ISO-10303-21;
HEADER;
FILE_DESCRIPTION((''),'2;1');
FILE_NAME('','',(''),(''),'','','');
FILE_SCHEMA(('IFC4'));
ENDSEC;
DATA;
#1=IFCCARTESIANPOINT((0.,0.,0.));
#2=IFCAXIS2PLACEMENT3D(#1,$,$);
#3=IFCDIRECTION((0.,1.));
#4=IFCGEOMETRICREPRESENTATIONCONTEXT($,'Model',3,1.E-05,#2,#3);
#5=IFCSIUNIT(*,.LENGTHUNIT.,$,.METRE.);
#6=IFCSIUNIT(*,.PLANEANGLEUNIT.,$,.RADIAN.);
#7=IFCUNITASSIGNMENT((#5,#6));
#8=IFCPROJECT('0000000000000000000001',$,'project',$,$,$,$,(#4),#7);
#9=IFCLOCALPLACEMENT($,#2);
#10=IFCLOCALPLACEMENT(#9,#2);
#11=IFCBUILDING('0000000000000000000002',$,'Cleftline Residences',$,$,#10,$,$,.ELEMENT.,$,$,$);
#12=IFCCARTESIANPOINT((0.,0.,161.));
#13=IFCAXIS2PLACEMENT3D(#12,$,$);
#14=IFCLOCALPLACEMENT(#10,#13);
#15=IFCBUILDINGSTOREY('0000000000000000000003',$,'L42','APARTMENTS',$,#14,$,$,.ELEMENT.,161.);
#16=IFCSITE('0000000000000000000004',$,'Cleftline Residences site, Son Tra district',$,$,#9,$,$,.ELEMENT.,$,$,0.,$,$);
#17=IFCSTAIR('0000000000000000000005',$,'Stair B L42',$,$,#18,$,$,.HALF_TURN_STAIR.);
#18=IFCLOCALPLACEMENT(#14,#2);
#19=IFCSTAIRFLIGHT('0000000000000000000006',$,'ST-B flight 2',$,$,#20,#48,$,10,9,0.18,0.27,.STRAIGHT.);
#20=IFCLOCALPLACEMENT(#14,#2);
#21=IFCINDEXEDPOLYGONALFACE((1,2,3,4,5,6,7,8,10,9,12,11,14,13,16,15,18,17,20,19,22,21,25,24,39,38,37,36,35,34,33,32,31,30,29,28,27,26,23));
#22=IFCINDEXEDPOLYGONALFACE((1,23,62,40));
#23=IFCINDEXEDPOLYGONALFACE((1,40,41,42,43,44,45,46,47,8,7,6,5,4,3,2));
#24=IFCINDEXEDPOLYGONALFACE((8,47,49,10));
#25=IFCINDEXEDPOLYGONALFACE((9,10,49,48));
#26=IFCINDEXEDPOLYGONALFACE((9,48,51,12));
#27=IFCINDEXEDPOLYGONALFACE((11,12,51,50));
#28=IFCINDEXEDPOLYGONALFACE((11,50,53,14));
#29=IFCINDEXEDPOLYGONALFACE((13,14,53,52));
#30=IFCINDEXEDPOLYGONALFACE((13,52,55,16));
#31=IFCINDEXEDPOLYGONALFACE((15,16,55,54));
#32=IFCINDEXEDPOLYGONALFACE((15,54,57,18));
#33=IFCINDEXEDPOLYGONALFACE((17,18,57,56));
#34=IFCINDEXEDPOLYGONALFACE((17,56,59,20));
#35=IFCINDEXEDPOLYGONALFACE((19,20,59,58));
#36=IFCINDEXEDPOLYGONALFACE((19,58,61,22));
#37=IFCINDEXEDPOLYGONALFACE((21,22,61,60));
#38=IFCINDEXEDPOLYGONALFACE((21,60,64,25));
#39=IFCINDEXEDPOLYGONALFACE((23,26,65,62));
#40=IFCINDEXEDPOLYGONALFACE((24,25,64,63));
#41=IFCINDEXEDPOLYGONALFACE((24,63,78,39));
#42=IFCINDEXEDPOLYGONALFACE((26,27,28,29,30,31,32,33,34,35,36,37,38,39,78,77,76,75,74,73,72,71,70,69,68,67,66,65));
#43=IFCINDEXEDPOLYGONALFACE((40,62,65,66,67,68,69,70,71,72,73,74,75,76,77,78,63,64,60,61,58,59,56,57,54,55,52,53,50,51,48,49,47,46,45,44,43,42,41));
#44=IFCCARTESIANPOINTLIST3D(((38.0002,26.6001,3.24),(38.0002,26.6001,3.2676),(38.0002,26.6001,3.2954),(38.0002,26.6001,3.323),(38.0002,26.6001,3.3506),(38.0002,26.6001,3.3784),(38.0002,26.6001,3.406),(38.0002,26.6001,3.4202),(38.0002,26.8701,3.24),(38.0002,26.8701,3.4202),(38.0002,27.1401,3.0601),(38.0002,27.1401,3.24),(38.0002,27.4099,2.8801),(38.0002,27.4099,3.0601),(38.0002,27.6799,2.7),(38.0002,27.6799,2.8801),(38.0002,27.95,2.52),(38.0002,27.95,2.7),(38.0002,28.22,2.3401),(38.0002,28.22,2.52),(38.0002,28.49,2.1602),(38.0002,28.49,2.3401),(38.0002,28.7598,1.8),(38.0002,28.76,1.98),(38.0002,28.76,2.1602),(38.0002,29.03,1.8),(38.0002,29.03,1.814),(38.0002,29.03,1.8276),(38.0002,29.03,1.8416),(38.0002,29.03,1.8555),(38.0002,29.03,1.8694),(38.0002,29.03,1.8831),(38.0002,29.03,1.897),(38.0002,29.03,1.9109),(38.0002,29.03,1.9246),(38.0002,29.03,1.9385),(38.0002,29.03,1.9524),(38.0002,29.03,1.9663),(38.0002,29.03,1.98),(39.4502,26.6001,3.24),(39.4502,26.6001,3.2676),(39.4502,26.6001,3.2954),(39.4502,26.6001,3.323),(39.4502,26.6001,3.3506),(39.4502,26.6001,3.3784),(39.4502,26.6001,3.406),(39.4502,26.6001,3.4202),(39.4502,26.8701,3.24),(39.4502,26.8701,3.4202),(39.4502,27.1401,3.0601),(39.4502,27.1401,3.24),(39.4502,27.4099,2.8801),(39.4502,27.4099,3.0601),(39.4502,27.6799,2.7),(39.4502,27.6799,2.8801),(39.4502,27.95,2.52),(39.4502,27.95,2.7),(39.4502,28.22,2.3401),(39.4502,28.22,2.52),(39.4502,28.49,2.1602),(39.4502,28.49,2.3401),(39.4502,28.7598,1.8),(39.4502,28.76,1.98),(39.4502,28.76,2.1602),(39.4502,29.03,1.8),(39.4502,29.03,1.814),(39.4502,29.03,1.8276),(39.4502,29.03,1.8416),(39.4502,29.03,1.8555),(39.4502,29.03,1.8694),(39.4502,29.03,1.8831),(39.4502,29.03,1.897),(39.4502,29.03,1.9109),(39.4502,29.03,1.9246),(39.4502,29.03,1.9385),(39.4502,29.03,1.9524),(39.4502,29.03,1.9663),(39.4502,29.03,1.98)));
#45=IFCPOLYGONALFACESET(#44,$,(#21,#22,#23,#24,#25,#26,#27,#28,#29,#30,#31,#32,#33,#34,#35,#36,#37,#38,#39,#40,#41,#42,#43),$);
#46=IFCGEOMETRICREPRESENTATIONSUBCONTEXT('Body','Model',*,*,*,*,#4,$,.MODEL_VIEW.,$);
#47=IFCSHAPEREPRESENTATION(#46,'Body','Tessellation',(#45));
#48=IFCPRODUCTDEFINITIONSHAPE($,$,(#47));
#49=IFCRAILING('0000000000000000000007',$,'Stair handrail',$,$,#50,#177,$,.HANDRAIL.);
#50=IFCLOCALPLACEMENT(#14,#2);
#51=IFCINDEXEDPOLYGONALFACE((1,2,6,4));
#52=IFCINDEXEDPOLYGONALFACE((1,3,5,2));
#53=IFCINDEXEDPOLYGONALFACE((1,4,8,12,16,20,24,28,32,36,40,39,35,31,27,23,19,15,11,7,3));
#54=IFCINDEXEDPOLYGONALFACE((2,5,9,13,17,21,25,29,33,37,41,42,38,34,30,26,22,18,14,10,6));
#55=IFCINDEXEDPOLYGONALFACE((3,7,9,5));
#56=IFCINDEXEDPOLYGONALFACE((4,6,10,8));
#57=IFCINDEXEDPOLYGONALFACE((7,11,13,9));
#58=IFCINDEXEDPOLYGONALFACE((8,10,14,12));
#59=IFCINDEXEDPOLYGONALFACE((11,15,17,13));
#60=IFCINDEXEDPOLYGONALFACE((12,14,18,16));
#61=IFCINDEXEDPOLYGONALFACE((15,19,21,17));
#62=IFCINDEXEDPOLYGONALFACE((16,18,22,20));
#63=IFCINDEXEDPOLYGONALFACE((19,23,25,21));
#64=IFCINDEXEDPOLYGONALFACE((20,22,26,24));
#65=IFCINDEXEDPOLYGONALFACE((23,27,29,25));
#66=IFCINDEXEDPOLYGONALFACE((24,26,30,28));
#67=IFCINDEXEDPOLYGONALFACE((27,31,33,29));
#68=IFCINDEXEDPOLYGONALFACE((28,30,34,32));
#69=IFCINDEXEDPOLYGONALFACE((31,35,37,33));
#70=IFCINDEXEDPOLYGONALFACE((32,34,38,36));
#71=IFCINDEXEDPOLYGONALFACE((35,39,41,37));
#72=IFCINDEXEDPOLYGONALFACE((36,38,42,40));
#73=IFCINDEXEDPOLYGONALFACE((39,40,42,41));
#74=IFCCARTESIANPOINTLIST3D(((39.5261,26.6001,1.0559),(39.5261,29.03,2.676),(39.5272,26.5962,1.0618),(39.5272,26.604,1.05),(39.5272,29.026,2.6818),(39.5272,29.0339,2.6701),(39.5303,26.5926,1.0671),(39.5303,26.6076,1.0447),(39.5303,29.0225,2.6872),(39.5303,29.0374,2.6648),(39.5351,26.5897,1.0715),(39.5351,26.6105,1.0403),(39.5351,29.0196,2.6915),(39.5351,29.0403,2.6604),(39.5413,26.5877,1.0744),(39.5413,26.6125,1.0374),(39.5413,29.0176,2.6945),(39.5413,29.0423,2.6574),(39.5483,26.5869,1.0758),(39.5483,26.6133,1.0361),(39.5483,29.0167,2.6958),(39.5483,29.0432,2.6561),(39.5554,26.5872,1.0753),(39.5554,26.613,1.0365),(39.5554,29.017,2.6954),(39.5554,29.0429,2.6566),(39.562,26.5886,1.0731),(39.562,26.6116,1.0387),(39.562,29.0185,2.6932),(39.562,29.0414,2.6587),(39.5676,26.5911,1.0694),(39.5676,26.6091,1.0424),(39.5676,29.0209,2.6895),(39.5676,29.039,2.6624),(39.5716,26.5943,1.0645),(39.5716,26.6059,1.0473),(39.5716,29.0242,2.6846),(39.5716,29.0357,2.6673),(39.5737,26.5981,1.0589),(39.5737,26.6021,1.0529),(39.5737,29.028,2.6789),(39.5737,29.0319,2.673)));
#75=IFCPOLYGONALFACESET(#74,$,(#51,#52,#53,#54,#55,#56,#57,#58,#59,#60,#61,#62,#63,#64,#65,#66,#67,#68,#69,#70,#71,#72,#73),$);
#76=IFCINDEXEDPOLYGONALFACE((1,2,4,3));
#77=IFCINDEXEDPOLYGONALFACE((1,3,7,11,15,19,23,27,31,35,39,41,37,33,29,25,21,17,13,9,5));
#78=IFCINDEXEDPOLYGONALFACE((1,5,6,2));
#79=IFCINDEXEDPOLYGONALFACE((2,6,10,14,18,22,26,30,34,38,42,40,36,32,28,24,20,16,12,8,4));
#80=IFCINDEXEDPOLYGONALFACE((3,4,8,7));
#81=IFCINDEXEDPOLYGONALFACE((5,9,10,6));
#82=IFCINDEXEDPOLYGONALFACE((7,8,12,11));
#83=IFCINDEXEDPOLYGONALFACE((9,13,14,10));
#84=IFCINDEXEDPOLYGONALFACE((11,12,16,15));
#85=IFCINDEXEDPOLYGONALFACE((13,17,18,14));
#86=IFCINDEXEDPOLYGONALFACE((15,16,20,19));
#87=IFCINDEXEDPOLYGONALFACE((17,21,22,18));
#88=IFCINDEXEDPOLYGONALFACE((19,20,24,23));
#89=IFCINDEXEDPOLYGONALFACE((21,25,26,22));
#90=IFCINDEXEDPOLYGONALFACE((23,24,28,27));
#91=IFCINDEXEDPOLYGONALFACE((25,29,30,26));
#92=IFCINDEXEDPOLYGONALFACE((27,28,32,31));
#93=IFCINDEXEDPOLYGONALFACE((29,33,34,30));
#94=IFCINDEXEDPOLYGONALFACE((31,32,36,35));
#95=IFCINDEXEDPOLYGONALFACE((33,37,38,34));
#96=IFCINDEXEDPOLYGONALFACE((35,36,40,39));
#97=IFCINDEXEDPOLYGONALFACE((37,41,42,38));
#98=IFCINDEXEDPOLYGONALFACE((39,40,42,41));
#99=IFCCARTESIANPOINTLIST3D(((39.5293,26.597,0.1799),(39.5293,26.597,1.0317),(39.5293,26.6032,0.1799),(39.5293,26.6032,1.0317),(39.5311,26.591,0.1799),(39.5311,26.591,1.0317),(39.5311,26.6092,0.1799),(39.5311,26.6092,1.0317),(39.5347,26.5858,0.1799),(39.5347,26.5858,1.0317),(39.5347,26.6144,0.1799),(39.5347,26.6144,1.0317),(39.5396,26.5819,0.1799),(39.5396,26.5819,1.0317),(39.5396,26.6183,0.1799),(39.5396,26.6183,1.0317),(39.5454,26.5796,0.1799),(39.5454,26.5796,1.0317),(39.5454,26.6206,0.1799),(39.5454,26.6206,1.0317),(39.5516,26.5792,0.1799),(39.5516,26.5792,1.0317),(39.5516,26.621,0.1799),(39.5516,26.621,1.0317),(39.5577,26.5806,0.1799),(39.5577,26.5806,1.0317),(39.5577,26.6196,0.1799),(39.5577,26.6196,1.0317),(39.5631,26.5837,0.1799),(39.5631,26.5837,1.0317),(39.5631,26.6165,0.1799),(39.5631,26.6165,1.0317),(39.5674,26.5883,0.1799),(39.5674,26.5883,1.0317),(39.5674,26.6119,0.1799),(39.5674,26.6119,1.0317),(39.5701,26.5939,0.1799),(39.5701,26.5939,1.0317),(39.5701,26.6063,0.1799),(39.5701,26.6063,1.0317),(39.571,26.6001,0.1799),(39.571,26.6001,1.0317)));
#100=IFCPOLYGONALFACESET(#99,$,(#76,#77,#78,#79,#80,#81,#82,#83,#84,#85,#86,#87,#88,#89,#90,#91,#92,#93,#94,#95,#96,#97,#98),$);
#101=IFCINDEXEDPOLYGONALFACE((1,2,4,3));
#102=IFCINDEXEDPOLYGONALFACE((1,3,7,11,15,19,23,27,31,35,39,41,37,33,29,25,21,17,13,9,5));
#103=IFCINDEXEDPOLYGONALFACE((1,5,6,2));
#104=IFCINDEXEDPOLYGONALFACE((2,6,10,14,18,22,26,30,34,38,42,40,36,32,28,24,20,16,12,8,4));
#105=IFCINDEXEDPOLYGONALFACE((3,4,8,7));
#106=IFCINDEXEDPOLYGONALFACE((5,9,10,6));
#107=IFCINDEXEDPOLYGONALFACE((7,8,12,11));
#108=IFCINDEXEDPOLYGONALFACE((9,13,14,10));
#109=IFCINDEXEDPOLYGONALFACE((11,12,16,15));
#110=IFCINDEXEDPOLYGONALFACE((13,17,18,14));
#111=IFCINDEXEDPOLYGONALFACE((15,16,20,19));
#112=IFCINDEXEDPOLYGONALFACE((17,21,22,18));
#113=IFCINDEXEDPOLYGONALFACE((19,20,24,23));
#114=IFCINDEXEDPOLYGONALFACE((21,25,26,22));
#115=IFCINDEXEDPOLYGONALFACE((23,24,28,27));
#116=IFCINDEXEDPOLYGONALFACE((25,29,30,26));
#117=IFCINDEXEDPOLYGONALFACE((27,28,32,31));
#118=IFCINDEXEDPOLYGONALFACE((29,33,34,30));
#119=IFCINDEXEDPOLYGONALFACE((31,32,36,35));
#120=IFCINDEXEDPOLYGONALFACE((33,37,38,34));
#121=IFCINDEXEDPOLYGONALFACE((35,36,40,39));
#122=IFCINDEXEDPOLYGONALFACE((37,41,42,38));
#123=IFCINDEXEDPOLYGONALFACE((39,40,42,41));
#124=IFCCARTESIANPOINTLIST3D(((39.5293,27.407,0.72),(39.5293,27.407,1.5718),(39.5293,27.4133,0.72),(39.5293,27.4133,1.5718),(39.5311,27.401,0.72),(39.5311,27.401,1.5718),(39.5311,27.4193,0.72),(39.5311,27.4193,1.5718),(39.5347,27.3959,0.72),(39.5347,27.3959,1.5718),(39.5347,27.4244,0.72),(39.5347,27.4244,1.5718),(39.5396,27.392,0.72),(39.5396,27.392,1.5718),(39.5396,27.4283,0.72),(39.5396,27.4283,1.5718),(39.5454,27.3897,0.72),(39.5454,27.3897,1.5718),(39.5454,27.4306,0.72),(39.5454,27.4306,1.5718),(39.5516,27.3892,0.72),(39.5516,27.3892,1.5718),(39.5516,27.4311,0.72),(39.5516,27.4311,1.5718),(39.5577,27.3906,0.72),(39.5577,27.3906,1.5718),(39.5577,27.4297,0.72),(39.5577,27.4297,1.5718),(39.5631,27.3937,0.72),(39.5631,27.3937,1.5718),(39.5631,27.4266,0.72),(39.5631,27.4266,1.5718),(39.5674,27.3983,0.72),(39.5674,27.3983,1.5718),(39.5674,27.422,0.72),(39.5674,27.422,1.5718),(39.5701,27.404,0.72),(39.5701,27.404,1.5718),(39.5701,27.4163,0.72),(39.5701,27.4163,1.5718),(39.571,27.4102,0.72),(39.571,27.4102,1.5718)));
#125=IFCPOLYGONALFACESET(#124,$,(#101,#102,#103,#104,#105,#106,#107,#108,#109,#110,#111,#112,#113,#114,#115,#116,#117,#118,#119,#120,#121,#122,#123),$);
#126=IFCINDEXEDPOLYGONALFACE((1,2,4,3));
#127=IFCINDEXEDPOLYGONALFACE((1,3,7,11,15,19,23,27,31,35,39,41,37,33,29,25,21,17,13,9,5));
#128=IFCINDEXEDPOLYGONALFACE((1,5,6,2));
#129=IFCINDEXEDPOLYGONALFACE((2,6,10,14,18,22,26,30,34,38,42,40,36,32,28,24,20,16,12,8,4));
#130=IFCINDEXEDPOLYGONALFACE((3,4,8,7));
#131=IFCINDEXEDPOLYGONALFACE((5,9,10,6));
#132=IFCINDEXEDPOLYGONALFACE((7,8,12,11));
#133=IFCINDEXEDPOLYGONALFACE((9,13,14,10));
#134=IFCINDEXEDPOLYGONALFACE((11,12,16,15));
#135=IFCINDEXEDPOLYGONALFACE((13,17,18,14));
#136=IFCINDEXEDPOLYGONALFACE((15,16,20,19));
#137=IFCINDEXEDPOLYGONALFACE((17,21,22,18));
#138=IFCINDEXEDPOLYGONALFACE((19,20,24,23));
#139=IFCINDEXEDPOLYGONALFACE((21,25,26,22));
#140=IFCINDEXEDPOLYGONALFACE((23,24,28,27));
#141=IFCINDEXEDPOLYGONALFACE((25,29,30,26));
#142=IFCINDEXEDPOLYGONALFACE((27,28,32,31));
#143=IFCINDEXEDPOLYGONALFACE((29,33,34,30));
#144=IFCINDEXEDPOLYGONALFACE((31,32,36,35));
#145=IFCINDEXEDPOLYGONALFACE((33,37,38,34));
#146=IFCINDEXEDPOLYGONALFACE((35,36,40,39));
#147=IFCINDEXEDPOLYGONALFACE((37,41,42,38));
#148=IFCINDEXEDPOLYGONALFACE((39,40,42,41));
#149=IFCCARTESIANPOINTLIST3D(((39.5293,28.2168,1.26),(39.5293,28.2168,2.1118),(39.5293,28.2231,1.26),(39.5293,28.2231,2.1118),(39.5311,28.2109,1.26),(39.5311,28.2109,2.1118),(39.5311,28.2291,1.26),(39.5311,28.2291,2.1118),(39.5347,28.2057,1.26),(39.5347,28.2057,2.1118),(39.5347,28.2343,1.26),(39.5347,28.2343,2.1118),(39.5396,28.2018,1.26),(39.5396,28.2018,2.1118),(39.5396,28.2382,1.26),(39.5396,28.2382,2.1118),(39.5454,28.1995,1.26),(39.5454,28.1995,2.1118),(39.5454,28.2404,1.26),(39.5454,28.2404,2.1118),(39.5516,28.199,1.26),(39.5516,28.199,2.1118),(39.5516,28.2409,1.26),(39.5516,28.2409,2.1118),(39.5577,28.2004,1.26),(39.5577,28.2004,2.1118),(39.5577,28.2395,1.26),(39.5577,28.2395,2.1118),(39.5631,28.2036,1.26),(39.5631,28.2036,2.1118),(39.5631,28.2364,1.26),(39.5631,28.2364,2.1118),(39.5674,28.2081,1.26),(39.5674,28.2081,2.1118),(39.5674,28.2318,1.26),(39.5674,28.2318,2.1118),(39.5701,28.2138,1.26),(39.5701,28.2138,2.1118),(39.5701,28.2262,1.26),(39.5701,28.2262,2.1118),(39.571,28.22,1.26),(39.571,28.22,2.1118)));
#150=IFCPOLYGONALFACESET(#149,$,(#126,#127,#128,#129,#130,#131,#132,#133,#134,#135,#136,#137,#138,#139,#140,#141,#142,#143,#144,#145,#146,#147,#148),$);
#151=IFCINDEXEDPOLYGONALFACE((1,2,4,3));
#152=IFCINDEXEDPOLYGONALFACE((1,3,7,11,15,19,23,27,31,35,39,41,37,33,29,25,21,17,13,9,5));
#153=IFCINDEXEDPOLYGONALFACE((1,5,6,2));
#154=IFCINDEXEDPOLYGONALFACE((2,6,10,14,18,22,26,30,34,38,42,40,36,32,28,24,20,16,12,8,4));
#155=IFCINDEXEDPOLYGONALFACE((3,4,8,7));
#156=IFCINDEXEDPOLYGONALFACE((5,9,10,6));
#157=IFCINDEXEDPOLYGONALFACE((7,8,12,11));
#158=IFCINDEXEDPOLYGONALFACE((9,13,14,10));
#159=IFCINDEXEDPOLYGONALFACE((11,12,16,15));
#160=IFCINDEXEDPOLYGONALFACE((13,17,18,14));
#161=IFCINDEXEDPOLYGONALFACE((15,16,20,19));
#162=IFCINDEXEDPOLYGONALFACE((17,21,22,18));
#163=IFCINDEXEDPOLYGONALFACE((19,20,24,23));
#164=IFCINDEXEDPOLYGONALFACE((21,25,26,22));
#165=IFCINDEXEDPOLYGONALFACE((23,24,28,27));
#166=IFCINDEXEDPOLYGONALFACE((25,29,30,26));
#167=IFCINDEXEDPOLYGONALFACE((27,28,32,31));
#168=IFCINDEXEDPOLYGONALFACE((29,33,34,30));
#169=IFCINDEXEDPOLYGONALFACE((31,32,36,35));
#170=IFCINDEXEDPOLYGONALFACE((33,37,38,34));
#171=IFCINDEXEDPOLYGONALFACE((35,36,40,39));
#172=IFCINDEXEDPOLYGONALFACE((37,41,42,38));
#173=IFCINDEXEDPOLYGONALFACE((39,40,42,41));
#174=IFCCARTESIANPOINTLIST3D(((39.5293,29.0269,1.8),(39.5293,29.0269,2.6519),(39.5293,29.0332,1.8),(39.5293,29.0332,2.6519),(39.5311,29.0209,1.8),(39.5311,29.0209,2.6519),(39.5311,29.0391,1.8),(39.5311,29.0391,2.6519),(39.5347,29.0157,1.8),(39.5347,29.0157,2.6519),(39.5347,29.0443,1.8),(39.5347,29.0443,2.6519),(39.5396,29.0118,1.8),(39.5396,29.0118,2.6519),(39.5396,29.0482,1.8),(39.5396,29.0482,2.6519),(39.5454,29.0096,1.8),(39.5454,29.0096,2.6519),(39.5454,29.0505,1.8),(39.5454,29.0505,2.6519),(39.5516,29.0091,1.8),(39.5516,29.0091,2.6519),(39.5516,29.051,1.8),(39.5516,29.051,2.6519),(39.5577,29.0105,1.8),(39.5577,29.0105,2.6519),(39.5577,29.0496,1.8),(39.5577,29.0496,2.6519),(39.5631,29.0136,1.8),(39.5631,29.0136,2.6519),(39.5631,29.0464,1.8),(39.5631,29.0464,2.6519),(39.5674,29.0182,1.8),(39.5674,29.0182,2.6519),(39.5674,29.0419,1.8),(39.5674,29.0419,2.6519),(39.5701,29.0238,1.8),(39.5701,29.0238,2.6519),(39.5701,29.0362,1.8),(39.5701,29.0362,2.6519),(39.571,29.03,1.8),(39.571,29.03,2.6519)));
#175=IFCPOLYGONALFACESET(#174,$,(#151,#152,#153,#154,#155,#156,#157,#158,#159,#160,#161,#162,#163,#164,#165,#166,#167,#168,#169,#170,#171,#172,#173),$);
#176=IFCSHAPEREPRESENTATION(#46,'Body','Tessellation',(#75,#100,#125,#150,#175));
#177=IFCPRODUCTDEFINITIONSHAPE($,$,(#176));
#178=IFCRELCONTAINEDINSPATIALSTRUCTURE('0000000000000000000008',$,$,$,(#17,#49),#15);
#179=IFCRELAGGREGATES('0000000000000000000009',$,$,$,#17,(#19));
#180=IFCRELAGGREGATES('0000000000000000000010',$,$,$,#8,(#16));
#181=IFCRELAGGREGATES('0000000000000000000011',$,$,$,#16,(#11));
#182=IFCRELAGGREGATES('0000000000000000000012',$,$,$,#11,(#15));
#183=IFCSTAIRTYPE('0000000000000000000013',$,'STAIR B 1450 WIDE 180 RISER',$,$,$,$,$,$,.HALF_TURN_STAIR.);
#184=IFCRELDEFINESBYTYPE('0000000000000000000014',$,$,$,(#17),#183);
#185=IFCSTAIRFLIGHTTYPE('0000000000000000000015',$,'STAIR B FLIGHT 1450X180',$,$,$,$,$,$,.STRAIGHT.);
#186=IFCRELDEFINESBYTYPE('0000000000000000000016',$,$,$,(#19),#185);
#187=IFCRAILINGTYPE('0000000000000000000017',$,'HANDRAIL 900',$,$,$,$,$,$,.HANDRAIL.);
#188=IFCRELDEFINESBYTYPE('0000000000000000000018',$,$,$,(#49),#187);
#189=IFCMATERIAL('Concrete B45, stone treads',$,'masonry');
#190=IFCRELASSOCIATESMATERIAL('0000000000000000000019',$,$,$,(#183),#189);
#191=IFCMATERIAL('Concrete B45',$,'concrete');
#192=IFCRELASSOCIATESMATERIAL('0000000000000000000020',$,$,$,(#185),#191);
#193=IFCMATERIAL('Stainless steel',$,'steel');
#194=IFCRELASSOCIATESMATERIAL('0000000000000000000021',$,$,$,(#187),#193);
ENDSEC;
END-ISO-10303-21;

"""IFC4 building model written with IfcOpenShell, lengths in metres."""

from ifc_helpers import new_model, si_unit, direction, frame, origin, origin_2d, place, context, subcontext, project, spatial, polyline, circle, outline, extrude, material, type_object, element, aggregate, save


model = new_model("IFC4")

# Units and contexts
model_context = context("Model", 3, precision=1e-05, world=origin(), true_north=direction((0.0, 1.0)))
body_context = subcontext(model_context, "Body", "Model", "MODEL_VIEW")
ifc_project = project(units=[si_unit("LENGTHUNIT", "METRE"), si_unit("PLANEANGLEUNIT", "RADIAN")], contexts=[model_context])

# Site, building, storey
site_placement = place(None, origin())
site = spatial("IfcSite", under=ifc_project, at=site_placement, Name="Cleftline Residences site, Son Tra district", CompositionType="ELEMENT", RefElevation=0.0)
building_placement = place(site_placement, origin())
building = spatial("IfcBuilding", under=site, at=building_placement, Name="Cleftline Residences", CompositionType="ELEMENT")
storey_placement = place(building_placement, frame((0.0, 0.0, 161.0)))
storey = spatial("IfcBuildingStorey", under=building, at=storey_placement, Name="L42", Description="APARTMENTS", CompositionType="ELEMENT", Elevation=161.0)

# Stair, stair flight
ifc_material_1 = material(Name="Concrete B45, stone treads", Category="masonry")
stair_type = type_object("IfcStairType", Name="STAIR B 1450 WIDE 180 RISER", PredefinedType="HALF_TURN_STAIR", material=ifc_material_1)
stair_placement = place(storey_placement, origin())
stair = element("IfcStair", 1, at=stair_placement, inside=storey, type_object=stair_type, Name="Stair B L42", PredefinedType="HALF_TURN_STAIR")
ifc_material_2 = material(Name="Concrete B45", Category="concrete")
stair_flight_type = type_object("IfcStairFlightType", Name="STAIR B FLIGHT 1450X180", PredefinedType="STRAIGHT", material=ifc_material_2)
stair_flight_1_placement = place(storey_placement, frame((38.7251, 29.03, 1.8), z_axis=(0.0, 0.0, 1.0), x_axis=(0.0, -1.0, 0.0)))
stair_flight_1 = element("IfcStairFlight", 2, at=stair_flight_1_placement, type_object=stair_flight_type, Name="ST-B flight 2", NumberOfRisers=10, NumberOfTreads=9, PredefinedType="STRAIGHT", RiserHeight=0.18, TreadLength=0.27, context=body_context, shape_type="SweptSolid", body=[
    extrude(outline(polyline([(0.0, 0.0), (0.0, 0.0139), (0.0, 0.0276), (0.0, 0.0415), (0.0, 0.0554), (0.0, 0.0693), (0.0, 0.083), (0.0, 0.0969), (0.0, 0.1108), (0.0, 0.1245), (0.0, 0.1384), (0.0, 0.1523), (0.0, 0.1663), (0.0, 0.1799), (0.27, 0.1799), (0.27, 0.3601), (0.54, 0.3601), (0.54, 0.54), (0.8101, 0.54), (0.8101, 0.72), (1.0801, 0.72), (1.0801, 0.8999), (1.3501, 0.8999), (1.3501, 1.0801), (1.6201, 1.0801), (1.6201, 1.26), (1.8899, 1.26), (1.8899, 1.4399), (2.1599, 1.4399), (2.1599, 1.6201), (2.4299, 1.6201), (2.4299, 1.8), (2.4299, 1.7722), (2.4299, 1.7446), (2.4299, 1.7168), (2.4299, 1.6892), (2.4299, 1.6614), (2.4299, 1.6338), (2.4299, 1.606), (2.4299, 1.5784), (2.4299, 1.5505), (2.4299, 1.5229), (2.4299, 1.4954), (2.4299, 1.4675), (2.4299, 1.4399), (0.2703, 0.0), (0.0, 0.0)])), frame((0.0, 0.7251, 0.0), z_axis=(0.0, -1.0, 0.0), x_axis=(1.0, 0.0, 0.0)), (0.0, 0.0, 1.0), 1.45),
])
aggregate(stair, [stair_flight_1])

# Railing
ifc_material_3 = material(Name="Stainless steel", Category="steel")
railing_type = type_object("IfcRailingType", Name="HANDRAIL 900", PredefinedType="HANDRAIL", material=ifc_material_3)
railing_1_placement = place(storey_placement, frame((39.55, 26.6001, 0.1799)))
element("IfcRailing", 3, at=railing_1_placement, inside=storey, type_object=railing_type, Name="Stair handrail", PredefinedType="HANDRAIL", context=body_context, shape_type="SweptSolid", body=[
    extrude(circle(Radius=0.0239, at=origin_2d()), frame((0.0, 0.0, 0.876), z_axis=(0.0, 0.832025, 0.554739), x_axis=(-1.0, 0.0, 0.0)), (0.0, 0.0, 1.0), 2.9204),
    extrude(circle(Radius=0.021, at=origin_2d()), origin(), (0.0, 0.0, 1.0), 0.8518),
    extrude(circle(Radius=0.021, at=origin_2d()), frame((0.0, 0.8101, 0.54)), (0.0, 0.0, 1.0), 0.8518),
    extrude(circle(Radius=0.021, at=origin_2d()), frame((0.0, 1.6199, 1.0801)), (0.0, 0.0, 1.0), 0.8518),
    extrude(circle(Radius=0.021, at=origin_2d()), frame((0.0, 2.4299, 1.6201)), (0.0, 0.0, 1.0), 0.8518),
])

save(model, "model.ifc")
